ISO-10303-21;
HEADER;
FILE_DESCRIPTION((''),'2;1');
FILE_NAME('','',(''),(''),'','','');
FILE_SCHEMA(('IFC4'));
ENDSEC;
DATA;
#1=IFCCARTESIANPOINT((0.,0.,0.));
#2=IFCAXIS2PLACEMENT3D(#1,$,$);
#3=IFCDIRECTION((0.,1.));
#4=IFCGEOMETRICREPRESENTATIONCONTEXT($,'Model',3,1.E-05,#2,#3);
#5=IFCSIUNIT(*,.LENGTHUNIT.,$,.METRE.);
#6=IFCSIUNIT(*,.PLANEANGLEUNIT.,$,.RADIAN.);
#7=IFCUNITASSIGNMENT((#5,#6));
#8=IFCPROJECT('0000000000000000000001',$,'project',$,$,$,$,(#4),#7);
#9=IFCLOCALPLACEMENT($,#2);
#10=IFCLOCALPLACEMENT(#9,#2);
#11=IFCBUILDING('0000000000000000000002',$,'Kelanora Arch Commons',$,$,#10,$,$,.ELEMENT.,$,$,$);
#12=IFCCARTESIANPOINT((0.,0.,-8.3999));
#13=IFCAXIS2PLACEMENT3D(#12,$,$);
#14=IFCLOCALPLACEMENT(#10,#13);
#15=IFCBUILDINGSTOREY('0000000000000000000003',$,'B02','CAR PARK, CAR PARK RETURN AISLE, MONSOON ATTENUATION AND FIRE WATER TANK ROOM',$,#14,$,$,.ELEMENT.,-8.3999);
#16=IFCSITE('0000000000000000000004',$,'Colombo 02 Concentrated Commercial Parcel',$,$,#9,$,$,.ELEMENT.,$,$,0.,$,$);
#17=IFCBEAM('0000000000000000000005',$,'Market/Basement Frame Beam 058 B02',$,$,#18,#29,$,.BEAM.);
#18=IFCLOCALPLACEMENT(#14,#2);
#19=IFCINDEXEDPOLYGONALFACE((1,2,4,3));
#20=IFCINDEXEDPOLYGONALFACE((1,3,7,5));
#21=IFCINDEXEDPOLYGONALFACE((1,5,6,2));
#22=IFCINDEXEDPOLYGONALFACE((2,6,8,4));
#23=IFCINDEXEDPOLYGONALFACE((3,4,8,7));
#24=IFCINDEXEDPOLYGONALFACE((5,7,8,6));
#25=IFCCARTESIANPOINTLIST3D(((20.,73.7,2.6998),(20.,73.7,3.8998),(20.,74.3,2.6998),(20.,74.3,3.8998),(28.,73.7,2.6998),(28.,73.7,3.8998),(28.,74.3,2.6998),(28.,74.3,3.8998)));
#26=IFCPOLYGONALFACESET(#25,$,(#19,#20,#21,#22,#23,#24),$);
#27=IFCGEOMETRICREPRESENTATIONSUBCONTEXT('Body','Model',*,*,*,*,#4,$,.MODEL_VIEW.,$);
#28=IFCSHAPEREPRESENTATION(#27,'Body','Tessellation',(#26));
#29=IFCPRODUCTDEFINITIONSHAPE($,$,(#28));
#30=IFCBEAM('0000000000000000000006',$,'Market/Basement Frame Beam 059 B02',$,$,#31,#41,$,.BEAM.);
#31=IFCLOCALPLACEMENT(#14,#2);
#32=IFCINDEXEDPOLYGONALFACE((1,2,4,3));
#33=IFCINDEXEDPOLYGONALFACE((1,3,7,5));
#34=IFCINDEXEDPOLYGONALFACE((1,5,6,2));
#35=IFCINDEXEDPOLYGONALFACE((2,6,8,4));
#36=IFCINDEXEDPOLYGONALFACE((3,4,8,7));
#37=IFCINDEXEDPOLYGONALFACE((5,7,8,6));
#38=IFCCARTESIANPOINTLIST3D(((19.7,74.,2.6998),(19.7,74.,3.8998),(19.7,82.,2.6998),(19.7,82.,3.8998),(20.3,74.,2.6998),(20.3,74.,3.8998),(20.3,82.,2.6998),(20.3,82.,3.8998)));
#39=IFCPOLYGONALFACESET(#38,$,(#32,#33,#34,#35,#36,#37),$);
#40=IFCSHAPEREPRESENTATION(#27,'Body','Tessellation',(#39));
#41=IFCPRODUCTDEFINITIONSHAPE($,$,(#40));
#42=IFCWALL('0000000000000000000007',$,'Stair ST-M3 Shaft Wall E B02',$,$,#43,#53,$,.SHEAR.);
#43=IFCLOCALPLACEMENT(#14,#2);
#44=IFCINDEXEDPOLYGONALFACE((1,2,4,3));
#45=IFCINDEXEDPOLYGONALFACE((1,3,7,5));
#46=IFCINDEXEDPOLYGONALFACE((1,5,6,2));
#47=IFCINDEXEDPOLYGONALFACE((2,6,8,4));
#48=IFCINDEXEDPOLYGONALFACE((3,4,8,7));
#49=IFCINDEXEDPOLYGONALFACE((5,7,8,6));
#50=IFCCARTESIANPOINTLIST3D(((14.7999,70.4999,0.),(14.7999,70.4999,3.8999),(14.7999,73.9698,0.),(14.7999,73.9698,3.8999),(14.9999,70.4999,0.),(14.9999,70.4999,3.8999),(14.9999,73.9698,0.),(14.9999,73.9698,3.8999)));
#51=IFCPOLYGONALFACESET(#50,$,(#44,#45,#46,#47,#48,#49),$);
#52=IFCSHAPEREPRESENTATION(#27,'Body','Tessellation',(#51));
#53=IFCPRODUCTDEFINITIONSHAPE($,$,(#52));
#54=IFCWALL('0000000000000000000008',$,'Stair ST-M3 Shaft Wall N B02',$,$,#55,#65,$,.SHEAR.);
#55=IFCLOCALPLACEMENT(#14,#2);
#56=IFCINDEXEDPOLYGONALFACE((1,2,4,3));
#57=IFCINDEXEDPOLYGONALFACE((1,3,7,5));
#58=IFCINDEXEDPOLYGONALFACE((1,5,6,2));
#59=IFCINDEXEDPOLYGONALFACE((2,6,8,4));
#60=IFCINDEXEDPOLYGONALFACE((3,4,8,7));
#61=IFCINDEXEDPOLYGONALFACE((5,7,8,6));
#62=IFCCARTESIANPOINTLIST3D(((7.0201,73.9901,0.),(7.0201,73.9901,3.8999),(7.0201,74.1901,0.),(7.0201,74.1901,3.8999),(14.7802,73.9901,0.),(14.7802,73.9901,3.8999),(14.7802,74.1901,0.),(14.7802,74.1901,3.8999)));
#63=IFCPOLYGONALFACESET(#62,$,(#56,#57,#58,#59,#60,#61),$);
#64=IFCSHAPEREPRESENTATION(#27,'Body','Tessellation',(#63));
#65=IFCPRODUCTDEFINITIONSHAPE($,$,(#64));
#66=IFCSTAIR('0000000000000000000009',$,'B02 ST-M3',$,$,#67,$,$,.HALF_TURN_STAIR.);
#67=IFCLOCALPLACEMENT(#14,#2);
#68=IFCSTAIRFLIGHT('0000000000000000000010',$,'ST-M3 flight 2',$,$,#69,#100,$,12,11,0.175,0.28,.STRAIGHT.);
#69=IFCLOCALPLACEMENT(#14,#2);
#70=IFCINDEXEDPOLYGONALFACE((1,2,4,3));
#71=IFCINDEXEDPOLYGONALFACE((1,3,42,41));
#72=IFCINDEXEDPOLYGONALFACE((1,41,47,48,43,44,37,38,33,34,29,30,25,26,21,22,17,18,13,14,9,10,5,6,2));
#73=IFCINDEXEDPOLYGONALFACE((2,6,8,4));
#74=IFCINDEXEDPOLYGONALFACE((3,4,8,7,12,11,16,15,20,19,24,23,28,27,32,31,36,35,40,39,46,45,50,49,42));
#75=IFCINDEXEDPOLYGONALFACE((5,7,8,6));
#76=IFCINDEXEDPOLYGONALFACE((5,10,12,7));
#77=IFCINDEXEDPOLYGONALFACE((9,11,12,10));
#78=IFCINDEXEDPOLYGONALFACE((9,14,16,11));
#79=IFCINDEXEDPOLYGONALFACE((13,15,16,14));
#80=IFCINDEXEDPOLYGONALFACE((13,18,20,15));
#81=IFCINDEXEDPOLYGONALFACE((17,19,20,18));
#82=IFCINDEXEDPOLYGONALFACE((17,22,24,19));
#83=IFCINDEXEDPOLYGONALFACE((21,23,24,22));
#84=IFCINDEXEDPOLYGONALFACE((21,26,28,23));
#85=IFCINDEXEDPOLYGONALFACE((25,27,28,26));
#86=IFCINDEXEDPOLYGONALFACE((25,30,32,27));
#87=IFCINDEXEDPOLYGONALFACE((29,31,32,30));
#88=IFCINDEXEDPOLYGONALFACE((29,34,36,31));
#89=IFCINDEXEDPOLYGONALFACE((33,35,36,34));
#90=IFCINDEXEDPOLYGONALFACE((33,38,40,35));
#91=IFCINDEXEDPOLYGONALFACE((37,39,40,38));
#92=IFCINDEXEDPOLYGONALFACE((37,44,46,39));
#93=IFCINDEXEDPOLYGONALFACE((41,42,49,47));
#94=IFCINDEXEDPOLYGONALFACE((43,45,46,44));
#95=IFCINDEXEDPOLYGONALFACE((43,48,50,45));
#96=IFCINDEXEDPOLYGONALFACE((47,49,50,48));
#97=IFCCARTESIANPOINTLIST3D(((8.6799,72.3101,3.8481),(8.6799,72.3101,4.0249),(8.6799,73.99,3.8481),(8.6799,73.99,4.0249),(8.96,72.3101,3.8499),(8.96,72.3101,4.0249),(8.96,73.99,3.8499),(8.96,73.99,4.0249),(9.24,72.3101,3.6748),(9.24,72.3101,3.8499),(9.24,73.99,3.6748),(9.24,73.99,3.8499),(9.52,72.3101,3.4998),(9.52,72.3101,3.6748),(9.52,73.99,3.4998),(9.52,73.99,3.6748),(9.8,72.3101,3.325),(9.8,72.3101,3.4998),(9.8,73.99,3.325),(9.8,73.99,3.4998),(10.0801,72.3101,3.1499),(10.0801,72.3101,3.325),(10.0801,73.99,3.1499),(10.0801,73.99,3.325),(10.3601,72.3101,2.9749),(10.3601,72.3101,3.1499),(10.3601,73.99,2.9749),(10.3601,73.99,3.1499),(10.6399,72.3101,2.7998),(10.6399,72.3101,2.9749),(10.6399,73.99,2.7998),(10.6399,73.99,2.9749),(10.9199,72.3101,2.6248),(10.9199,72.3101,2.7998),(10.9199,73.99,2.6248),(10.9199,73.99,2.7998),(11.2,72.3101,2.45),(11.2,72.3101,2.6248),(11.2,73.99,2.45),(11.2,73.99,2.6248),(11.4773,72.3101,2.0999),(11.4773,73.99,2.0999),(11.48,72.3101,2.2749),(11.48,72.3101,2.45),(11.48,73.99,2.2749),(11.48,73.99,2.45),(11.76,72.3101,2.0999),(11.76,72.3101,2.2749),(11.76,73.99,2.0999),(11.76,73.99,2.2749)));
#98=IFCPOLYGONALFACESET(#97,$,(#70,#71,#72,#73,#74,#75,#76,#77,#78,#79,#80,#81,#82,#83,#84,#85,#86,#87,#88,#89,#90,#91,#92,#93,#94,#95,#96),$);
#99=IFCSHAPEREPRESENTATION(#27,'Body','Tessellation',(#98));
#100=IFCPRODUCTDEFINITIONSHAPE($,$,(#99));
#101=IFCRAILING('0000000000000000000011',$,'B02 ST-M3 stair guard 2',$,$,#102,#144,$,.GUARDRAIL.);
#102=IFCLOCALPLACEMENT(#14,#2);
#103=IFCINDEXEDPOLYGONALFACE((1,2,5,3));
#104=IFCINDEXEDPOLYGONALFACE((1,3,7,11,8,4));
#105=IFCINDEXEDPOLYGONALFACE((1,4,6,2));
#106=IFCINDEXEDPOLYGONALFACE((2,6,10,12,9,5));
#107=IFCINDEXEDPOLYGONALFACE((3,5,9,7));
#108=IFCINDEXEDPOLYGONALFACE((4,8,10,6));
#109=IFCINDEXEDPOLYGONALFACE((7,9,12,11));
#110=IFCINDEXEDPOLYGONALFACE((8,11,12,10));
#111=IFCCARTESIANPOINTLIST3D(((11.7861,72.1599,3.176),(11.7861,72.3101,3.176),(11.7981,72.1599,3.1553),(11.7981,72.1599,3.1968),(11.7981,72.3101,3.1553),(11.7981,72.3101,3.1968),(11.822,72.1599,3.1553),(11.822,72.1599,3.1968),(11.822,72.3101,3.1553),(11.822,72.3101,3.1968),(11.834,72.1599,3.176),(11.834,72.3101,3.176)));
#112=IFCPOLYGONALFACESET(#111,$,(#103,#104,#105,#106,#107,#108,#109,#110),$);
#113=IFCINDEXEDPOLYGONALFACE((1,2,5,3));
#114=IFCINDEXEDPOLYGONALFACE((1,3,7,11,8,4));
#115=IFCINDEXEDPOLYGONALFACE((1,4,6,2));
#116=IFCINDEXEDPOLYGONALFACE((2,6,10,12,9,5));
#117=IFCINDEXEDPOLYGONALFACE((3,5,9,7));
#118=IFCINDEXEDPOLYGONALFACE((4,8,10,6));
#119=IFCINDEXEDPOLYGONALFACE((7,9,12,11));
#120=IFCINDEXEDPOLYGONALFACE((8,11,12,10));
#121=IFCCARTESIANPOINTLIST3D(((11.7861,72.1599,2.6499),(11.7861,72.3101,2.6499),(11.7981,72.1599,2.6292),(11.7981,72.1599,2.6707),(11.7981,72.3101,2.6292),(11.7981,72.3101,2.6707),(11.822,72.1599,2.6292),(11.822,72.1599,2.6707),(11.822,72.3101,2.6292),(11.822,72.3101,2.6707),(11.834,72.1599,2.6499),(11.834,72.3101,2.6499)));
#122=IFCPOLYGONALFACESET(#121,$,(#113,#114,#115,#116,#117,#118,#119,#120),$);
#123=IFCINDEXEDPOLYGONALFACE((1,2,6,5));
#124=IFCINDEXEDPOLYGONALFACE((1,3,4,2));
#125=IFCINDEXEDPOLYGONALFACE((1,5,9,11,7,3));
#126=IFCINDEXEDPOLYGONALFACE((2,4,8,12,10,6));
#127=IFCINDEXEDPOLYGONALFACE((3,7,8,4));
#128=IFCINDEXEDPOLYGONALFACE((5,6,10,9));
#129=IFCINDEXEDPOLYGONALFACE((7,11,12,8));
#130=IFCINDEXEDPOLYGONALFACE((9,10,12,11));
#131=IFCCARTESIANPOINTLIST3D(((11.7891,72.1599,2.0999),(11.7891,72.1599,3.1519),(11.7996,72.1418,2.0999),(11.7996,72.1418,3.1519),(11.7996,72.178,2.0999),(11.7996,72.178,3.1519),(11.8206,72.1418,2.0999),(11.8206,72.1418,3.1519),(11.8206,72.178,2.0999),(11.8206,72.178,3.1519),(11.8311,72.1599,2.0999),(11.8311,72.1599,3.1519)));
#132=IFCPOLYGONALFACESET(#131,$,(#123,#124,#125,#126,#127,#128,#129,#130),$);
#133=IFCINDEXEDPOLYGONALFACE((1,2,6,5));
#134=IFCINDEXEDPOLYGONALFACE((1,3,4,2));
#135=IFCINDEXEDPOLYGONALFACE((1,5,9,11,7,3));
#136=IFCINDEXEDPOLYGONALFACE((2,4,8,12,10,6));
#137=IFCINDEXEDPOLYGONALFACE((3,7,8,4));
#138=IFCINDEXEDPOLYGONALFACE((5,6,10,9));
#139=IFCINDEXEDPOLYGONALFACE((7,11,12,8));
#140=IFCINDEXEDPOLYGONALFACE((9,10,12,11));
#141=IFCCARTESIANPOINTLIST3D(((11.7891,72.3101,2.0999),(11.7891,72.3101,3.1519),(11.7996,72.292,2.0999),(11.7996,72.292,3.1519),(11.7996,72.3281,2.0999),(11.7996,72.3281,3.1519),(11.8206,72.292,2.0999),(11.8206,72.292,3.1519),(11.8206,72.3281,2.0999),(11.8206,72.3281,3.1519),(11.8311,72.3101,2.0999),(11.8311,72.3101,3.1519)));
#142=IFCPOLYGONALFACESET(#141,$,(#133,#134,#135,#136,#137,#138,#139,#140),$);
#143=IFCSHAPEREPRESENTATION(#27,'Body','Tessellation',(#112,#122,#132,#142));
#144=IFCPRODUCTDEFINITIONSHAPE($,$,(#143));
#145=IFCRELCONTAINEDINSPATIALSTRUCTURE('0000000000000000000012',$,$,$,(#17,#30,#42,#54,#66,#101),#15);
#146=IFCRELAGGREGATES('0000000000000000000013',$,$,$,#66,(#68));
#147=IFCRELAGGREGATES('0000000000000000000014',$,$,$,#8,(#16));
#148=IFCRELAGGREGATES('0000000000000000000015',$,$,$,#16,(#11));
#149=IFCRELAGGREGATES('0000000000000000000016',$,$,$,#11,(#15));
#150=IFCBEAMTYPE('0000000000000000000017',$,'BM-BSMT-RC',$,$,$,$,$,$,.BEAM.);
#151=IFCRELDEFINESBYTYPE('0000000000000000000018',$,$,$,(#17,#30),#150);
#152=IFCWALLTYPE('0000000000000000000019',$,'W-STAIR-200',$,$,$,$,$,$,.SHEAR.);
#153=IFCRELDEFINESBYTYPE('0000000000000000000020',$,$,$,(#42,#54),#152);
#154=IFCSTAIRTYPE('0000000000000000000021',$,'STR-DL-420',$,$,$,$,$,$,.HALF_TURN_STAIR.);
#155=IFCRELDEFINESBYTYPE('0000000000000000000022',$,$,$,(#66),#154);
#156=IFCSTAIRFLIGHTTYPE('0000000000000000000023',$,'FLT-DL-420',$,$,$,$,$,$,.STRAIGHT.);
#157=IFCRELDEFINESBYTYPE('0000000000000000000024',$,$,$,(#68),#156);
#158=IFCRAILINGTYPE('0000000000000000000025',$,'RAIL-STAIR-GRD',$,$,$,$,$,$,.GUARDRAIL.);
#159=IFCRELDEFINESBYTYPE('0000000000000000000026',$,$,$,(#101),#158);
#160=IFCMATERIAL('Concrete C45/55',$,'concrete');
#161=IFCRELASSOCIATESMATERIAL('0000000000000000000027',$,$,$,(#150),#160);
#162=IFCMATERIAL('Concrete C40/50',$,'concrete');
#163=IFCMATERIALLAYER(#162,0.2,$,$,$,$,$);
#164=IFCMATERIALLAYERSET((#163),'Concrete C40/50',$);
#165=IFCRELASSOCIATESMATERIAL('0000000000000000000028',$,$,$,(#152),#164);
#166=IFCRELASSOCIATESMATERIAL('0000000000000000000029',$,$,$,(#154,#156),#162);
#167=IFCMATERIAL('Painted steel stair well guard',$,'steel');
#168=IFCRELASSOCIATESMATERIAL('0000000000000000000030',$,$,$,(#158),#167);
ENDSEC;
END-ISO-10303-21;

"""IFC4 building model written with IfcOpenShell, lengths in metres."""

from ifc_helpers import new_model, si_unit, direction, frame, frame_2d, origin, origin_2d, place, context, subcontext, project, spatial, polyline, rectangle, outline, extrude, material, layer, layer_set, material_profile, profile_set, type_object, element, aggregate, save


model = new_model("IFC4")

# Units and contexts
model_context = context("Model", 3, precision=1e-05, world=origin(), true_north=direction((0.0, 1.0)))
body_context = subcontext(model_context, "Body", "Model", "MODEL_VIEW")
ifc_project = project(units=[si_unit("LENGTHUNIT", "METRE"), si_unit("PLANEANGLEUNIT", "RADIAN")], contexts=[model_context])

# Site, building, storey
site_placement = place(None, origin())
site = spatial("IfcSite", under=ifc_project, at=site_placement, Name="Colombo 02 Concentrated Commercial Parcel", CompositionType="ELEMENT", RefElevation=0.0)
building_placement = place(site_placement, origin())
building = spatial("IfcBuilding", under=site, at=building_placement, Name="Kelanora Arch Commons", CompositionType="ELEMENT")
storey_placement = place(building_placement, frame((0.0, 0.0, -8.3999)))
storey = spatial("IfcBuildingStorey", under=building, at=storey_placement, Name="B02", Description="CAR PARK, CAR PARK RETURN AISLE, MONSOON ATTENUATION AND FIRE WATER TANK ROOM", CompositionType="ELEMENT", Elevation=-8.3999)

# Shared definitions
ifc_material_1 = material(Name="Concrete C40/50", Category="concrete")

# Shared definitions
ifc_material_2 = material(Name="Concrete C45/55", Category="concrete")

# Beams
ifc_material_profile_1 = material_profile(ifc_material_2, rectangle(XDim=0.6001, YDim=1.2, at=origin_2d()), Name="RCB600x1200")
ifc_profile_set_1 = profile_set([ifc_material_profile_1], Name="Concrete C45/55")
beam_type = type_object("IfcBeamType", Name="BM-BSMT-RC", PredefinedType="BEAM", material=ifc_profile_set_1)
for number, where, z_axis, x_axis, name in (
    (1, (20.0, 74.0, 3.2998), (1.0, 0.0, 0.0), (0.0, 1.0, 0.0), "Market/Basement Frame Beam 058 B02"),
    (2, (20.0, 74.0, 3.2998), (0.0, 1.0, 0.0), (-1.0, 0.0, 0.0), "Market/Basement Frame Beam 059 B02"),
):
    element("IfcBeam", number, at=place(storey_placement, frame(where, z_axis=z_axis, x_axis=x_axis)), inside=storey, type_object=beam_type, Name=name, PredefinedType="BEAM", context=body_context, shape_type="SweptSolid", body=[
        extrude(rectangle(XDim=0.6001, YDim=1.2, at=origin_2d()), origin(), (0.0, 0.0, 1.0), 8.0),
    ])

# Walls
ifc_layer = layer(ifc_material_1, 0.2)
ifc_layer_set = layer_set([ifc_layer], Name="Concrete C40/50")
wall_type = type_object("IfcWallType", Name="W-STAIR-200", PredefinedType="SHEAR", material=ifc_layer_set)
wall_1_placement = place(storey_placement, frame((14.8999, 70.5, 0.0), z_axis=(0.0, 0.0, 1.0), x_axis=(0.0, 1.0, 0.0)))
element("IfcWall", 3, at=wall_1_placement, inside=storey, type_object=wall_type, Name="Stair ST-M3 Shaft Wall E B02", PredefinedType="SHEAR", context=body_context, shape_type="SweptSolid", body=[
    extrude(rectangle(XDim=3.47, YDim=0.2, at=frame_2d((1.7349, 0.0))), origin(), (0.0, 0.0, 1.0), 3.8999),
])
wall_2_placement = place(storey_placement, frame((14.78, 74.0901, 0.0), z_axis=(0.0, 0.0, 1.0), x_axis=(-1.0, 0.0, 0.0)))
element("IfcWall", 4, at=wall_2_placement, inside=storey, type_object=wall_type, Name="Stair ST-M3 Shaft Wall N B02", PredefinedType="SHEAR", context=body_context, shape_type="SweptSolid", body=[
    extrude(rectangle(XDim=7.76, YDim=0.2, at=frame_2d((3.8799, 0.0))), origin(), (0.0, 0.0, 1.0), 3.8999),
])

# Stair, stair flight
stair_type = type_object("IfcStairType", Name="STR-DL-420", PredefinedType="HALF_TURN_STAIR", material=ifc_material_1)
stair_placement = place(storey_placement, origin())
stair = element("IfcStair", 5, at=stair_placement, inside=storey, type_object=stair_type, Name="B02 ST-M3", PredefinedType="HALF_TURN_STAIR")
stair_flight_type = type_object("IfcStairFlightType", Name="FLT-DL-420", PredefinedType="STRAIGHT", material=ifc_material_1)
stair_flight_placement = place(storey_placement, frame((11.76, 73.1499, 2.0999), z_axis=(0.0, 0.0, 1.0), x_axis=(-1.0, 0.0, 0.0)))
stair_flight = element("IfcStairFlight", 6, at=stair_flight_placement, type_object=stair_flight_type, Name="ST-M3 flight 2", NumberOfRisers=12, NumberOfTreads=11, PredefinedType="STRAIGHT", RiserHeight=0.175, TreadLength=0.28, context=body_context, shape_type="SweptSolid", body=[
    extrude(outline(polyline([(0.0, 0.0), (0.0, 0.175), (0.28, 0.175), (0.28, 0.3501), (0.5601, 0.3501), (0.5601, 0.5249), (0.8401, 0.5249), (0.8401, 0.7), (1.1201, 0.7), (1.1201, 0.875), (1.3999, 0.875), (1.3999, 1.05), (1.6799, 1.05), (1.6799, 1.2251), (1.96, 1.2251), (1.96, 1.3999), (2.24, 1.3999), (2.24, 1.575), (2.52, 1.575), (2.52, 1.75), (2.8, 1.75), (2.8, 1.925), (3.0801, 1.925), (3.0801, 2.1001), (3.0801, 1.7483), (0.2827, 0.0), (0.0, 0.0)])), frame((0.0, 0.8398, 0.0), z_axis=(0.0, -1.0, 0.0), x_axis=(1.0, 0.0, 0.0)), (0.0, 0.0, 1.0), 1.6799),
])
aggregate(stair, [stair_flight])

# Railing
ifc_material_3 = material(Name="Painted steel stair well guard", Category="steel")
railing_type_1 = type_object("IfcRailingType", Name="RAIL-STAIR-GRD", PredefinedType="GUARDRAIL", material=ifc_material_3)
railing_1_placement = place(storey_placement, frame((11.8101, 72.1599, 2.0999)))
element("IfcRailing", 7, at=railing_1_placement, inside=storey, type_object=railing_type_1, Name="B02 ST-M3 stair guard 2", PredefinedType="GUARDRAIL", context=body_context, shape_type="SweptSolid", body=[
    extrude(outline(polyline([(0.0239, 0.0), (0.012, 0.0208), (-0.012, 0.0208), (-0.0239, 0.0), (-0.012, -0.0208), (0.012, -0.0208), (0.0239, 0.0)])), frame((0.0, 0.0, 1.0762), z_axis=(0.0, 1.0, 0.0), x_axis=(-1.0, 0.0, 0.0)), (0.0, 0.0, 1.0), 0.1501),
    extrude(outline(polyline([(0.0239, 0.0), (0.012, 0.0208), (-0.012, 0.0208), (-0.0239, 0.0), (-0.012, -0.0208), (0.012, -0.0208), (0.0239, 0.0)])), frame((0.0, 0.0, 0.55), z_axis=(0.0, 1.0, 0.0), x_axis=(-1.0, 0.0, 0.0)), (0.0, 0.0, 1.0), 0.1501),
    extrude(outline(polyline([(0.021, 0.0), (0.0105, 0.0181), (-0.0105, 0.0181), (-0.021, 0.0), (-0.0105, -0.0181), (0.0105, -0.0181), (0.021, 0.0)])), origin(), (0.0, 0.0, 1.0), 1.052),
    extrude(outline(polyline([(0.021, 0.0), (0.0105, 0.0181), (-0.0105, 0.0181), (-0.021, 0.0), (-0.0105, -0.0181), (0.0105, -0.0181), (0.021, 0.0)])), frame((0.0, 0.1501, 0.0)), (0.0, 0.0, 1.0), 1.052),
])

save(model, "model.ifc")
